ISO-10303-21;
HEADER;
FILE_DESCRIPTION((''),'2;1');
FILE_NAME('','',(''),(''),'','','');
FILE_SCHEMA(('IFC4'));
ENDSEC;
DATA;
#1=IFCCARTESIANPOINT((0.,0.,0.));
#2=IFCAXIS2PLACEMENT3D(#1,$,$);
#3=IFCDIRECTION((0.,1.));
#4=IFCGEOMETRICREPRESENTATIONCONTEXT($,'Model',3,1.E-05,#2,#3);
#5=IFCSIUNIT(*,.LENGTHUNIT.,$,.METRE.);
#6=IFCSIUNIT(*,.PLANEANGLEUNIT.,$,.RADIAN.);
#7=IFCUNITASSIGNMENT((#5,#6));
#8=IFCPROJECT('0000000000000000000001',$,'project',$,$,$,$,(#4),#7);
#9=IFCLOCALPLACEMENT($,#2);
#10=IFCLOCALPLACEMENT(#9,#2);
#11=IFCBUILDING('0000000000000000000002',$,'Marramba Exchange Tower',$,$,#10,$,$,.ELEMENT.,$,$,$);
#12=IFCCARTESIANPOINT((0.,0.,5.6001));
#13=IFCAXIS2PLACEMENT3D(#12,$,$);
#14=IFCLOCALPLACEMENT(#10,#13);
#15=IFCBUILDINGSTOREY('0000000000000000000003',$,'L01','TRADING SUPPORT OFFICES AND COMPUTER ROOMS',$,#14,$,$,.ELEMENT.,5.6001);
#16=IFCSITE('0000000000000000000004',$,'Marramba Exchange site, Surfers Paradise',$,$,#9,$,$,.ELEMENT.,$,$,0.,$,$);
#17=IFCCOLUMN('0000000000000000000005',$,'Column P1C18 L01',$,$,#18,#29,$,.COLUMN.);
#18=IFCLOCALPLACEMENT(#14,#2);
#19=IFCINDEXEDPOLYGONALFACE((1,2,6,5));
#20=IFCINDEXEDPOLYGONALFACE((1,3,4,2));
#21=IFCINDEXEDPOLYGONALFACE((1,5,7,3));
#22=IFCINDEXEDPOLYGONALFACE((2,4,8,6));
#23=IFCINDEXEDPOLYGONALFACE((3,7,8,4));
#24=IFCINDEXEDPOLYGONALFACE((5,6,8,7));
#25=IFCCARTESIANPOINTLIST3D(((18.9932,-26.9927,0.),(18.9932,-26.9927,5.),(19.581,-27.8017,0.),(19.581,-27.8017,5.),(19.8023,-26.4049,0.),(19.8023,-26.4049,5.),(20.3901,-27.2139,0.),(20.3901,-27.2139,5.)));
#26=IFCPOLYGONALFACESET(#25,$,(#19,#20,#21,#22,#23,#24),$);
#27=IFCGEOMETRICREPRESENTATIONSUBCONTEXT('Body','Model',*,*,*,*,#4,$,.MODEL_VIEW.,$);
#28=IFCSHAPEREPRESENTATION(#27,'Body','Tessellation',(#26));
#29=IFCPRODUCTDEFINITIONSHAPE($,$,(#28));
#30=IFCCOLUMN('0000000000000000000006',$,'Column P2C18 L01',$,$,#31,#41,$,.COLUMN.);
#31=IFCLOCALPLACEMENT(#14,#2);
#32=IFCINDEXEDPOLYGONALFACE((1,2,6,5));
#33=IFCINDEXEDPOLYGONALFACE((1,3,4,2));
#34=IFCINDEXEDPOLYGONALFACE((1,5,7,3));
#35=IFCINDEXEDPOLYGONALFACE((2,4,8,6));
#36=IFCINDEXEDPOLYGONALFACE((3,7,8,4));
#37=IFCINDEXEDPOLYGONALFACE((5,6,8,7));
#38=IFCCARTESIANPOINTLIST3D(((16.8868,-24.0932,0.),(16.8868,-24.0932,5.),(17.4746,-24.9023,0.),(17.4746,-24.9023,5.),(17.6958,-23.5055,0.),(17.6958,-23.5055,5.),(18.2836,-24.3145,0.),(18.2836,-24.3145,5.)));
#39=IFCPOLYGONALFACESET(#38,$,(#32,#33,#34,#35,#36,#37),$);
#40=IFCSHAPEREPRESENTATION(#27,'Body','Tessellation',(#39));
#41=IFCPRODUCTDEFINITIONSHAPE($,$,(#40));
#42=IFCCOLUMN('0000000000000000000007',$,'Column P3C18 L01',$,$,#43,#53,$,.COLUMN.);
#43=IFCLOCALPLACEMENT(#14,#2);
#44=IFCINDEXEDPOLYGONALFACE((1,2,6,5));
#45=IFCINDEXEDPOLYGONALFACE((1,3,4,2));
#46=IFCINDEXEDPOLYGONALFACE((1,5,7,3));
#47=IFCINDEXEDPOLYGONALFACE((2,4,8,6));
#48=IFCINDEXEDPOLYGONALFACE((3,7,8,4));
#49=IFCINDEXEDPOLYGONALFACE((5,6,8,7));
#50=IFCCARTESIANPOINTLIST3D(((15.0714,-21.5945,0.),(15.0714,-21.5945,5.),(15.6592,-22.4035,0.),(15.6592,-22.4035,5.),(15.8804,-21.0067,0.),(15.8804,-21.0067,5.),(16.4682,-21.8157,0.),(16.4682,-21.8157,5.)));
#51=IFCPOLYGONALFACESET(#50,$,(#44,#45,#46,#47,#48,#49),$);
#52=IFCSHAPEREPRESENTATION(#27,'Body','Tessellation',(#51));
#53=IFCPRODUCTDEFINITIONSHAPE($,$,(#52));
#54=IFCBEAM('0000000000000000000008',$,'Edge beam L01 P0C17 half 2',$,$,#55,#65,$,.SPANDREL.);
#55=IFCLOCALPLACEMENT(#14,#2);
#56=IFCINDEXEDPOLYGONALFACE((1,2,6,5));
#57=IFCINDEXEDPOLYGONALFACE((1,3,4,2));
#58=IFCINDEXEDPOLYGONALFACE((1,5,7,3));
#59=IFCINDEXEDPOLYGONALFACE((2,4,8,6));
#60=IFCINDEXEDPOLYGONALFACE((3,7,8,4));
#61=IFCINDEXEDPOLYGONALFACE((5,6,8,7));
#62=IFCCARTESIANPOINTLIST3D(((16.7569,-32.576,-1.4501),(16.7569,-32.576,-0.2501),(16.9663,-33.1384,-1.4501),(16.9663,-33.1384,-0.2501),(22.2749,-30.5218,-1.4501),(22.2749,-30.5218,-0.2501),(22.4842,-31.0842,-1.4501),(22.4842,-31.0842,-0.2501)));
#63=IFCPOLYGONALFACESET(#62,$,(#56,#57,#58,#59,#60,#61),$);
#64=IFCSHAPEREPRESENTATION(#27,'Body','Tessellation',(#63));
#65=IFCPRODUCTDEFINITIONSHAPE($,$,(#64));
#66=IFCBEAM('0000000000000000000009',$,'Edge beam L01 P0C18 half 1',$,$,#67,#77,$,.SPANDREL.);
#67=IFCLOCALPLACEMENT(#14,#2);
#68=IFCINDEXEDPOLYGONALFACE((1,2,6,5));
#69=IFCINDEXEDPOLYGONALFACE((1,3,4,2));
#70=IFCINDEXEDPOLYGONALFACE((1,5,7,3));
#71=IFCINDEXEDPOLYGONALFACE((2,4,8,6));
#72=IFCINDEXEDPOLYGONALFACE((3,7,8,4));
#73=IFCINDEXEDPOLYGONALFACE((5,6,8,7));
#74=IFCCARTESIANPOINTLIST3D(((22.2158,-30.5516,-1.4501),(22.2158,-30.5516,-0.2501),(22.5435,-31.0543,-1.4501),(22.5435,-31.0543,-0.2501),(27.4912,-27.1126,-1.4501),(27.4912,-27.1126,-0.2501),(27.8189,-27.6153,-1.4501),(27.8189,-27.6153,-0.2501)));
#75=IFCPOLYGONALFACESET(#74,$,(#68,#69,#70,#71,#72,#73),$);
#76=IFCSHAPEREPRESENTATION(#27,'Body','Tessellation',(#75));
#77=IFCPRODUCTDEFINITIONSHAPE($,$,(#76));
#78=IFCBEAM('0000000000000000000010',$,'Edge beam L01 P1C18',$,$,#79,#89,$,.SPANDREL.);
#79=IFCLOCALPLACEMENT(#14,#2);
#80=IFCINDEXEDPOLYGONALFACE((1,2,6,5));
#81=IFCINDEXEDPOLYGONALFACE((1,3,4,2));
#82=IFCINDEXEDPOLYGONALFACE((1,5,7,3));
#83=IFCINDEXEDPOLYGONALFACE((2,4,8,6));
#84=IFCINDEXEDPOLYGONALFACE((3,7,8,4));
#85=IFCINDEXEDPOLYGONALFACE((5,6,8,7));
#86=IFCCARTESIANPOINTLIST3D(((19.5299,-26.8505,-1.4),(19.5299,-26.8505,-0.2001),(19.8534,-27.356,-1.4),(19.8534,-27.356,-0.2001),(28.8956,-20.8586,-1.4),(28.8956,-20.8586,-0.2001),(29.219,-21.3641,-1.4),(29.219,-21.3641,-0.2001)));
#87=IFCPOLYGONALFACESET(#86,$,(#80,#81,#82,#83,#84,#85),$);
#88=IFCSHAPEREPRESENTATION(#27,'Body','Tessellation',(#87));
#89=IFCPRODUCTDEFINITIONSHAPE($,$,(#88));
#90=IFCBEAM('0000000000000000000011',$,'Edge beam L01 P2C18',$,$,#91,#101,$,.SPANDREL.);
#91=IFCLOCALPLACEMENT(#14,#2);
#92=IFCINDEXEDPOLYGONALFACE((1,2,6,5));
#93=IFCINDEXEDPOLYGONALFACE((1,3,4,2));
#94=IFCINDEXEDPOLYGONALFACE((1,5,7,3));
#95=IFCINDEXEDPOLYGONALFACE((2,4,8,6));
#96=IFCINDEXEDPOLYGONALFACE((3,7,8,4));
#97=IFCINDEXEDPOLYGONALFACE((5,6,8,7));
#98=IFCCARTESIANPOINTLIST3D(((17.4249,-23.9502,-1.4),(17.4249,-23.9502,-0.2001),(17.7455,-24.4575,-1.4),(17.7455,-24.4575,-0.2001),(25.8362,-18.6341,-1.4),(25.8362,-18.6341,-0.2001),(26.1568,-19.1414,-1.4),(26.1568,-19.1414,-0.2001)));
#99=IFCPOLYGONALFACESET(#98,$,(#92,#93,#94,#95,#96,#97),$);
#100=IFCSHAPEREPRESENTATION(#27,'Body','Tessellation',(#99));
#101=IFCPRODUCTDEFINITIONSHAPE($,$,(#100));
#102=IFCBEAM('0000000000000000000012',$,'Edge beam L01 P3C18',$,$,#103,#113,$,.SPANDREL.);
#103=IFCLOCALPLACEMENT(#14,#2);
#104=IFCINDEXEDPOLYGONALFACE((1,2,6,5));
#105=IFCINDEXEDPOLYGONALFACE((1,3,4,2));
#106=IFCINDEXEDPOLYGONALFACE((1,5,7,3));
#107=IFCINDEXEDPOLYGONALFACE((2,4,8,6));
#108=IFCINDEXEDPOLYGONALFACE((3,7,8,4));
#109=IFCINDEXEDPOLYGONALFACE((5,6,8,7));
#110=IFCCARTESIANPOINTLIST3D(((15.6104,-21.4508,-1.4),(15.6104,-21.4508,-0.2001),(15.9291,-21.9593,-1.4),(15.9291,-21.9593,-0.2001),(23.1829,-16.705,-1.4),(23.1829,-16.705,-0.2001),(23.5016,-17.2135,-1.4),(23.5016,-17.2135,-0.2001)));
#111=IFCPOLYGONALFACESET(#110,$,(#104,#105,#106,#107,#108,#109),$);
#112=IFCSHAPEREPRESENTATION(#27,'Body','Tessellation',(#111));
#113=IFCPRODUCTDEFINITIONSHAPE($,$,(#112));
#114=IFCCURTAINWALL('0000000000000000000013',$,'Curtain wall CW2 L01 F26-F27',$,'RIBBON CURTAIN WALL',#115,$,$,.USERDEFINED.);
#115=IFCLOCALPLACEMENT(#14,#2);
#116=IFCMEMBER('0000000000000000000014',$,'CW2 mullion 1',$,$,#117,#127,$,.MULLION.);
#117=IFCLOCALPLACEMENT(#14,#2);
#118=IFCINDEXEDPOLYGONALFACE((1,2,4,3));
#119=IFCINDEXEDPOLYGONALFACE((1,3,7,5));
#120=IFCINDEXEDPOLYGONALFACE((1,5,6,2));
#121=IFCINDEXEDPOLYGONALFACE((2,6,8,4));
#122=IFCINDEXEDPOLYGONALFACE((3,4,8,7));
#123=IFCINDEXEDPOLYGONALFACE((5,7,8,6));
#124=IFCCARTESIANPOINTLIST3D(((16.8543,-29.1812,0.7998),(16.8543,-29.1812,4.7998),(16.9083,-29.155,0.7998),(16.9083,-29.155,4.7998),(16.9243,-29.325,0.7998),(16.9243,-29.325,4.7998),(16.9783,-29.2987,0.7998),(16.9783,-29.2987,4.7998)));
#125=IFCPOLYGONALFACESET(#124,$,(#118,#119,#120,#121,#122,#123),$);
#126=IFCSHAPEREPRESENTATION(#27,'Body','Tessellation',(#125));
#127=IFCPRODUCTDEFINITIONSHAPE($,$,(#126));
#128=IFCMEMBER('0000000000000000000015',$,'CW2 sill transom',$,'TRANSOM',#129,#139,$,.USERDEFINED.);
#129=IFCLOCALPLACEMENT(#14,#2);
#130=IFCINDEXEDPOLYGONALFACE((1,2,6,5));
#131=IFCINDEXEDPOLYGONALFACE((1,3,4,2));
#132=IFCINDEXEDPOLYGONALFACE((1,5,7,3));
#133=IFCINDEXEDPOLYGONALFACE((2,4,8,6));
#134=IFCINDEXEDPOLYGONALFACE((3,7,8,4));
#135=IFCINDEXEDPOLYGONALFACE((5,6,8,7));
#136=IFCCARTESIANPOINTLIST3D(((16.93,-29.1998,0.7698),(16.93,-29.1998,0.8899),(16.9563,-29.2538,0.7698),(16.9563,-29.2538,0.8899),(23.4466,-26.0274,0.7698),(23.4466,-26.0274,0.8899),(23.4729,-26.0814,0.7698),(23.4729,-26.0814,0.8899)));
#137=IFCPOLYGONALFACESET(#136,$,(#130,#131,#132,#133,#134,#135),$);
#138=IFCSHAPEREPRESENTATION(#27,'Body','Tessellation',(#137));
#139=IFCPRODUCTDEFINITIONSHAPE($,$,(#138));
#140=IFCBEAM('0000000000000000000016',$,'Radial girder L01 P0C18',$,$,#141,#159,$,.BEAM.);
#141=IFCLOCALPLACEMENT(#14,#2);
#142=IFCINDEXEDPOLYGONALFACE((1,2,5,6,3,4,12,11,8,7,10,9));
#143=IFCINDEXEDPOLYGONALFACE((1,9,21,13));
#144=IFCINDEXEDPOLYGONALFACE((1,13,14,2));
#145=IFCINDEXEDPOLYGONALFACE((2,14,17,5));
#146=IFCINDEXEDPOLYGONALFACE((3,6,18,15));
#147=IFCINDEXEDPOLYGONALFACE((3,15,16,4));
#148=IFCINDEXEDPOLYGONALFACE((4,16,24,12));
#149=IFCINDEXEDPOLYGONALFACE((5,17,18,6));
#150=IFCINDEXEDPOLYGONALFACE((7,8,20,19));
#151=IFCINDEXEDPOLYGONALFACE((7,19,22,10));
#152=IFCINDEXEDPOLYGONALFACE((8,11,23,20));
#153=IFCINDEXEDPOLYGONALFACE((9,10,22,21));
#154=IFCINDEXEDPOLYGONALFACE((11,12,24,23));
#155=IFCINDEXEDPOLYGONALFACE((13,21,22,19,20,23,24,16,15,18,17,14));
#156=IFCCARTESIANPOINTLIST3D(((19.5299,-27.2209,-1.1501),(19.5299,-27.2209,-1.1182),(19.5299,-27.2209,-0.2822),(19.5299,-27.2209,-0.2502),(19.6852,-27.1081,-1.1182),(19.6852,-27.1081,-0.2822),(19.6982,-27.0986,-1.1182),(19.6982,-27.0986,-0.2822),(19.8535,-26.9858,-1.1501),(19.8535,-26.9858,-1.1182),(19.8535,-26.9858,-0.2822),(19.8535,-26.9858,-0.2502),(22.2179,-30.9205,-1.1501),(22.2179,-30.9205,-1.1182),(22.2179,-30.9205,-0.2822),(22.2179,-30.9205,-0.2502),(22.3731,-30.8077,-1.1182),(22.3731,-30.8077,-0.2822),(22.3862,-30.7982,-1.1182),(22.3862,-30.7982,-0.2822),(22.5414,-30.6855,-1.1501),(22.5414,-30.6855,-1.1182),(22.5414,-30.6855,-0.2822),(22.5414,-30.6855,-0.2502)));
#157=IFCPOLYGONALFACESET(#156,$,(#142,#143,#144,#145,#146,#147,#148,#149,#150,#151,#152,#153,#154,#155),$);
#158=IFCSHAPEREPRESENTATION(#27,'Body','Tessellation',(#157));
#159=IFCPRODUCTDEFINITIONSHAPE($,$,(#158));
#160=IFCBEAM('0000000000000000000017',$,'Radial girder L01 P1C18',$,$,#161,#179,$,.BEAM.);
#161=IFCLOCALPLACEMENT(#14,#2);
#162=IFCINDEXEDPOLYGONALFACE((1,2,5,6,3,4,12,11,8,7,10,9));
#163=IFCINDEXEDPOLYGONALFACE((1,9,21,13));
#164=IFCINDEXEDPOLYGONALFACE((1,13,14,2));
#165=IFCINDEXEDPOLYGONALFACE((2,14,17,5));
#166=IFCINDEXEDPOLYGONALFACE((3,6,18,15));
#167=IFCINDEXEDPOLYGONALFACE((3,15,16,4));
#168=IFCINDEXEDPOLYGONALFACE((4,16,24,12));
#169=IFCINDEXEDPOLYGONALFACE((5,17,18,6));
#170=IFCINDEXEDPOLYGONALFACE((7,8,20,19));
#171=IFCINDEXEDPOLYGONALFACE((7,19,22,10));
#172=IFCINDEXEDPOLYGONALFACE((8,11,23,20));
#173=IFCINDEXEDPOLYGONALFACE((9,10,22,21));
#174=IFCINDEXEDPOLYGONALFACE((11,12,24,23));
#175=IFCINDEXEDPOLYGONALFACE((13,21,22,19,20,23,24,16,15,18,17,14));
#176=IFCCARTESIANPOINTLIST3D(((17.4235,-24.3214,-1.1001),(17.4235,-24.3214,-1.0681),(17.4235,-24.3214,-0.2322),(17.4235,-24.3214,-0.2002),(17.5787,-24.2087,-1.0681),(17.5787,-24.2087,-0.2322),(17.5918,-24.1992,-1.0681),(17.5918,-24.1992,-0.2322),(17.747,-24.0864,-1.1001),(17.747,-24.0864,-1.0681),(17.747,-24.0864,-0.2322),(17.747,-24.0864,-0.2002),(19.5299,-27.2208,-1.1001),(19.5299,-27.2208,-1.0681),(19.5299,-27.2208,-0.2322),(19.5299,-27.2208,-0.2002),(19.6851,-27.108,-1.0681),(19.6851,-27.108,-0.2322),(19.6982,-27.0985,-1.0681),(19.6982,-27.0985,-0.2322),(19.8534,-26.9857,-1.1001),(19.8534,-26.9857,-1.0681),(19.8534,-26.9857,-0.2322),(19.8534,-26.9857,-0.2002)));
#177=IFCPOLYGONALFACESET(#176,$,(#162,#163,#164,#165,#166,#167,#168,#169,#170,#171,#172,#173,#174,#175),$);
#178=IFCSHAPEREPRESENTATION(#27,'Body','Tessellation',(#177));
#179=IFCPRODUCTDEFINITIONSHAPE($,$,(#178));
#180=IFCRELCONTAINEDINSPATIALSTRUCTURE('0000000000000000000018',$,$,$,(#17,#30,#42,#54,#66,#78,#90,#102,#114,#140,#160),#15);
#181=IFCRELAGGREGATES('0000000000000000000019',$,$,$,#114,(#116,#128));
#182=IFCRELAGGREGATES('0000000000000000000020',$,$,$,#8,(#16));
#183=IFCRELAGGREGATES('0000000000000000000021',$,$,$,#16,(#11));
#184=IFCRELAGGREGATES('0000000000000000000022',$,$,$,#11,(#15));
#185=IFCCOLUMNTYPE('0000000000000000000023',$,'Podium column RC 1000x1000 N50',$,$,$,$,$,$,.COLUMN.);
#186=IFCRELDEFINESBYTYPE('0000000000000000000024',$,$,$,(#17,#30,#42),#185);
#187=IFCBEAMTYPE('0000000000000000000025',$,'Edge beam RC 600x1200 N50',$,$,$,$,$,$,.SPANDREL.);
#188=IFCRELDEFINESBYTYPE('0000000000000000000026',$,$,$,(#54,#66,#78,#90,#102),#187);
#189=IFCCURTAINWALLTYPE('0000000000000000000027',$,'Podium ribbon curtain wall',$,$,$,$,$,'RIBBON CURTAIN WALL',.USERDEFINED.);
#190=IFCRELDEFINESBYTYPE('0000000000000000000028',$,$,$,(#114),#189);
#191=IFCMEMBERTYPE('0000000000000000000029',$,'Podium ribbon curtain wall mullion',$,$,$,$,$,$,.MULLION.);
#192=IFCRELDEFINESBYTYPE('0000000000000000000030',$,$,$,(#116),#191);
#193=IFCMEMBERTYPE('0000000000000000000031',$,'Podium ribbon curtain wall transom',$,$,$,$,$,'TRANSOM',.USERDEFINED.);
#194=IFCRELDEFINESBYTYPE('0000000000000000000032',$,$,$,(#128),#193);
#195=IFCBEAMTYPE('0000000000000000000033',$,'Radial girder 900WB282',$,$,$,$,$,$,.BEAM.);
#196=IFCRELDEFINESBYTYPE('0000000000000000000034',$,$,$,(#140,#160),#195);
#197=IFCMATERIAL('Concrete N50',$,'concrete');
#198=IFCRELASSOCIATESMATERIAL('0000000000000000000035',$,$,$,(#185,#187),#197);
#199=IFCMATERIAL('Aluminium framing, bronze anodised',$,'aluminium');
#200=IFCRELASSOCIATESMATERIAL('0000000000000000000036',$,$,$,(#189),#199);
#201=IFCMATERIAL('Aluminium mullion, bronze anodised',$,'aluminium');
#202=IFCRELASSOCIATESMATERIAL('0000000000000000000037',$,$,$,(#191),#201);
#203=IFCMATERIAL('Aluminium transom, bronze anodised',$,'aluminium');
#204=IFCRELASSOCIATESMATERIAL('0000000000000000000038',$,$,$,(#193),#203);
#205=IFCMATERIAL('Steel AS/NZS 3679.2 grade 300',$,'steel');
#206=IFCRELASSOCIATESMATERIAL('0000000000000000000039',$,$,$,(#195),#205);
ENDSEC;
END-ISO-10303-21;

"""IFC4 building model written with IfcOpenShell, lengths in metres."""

from ifc_helpers import new_model, si_unit, direction, frame, origin, origin_2d, place, context, subcontext, project, spatial, rectangle, i_section, extrude, material, material_profile, profile_set, type_object, element, aggregate, save


model = new_model("IFC4")

# Units and contexts
model_context = context("Model", 3, precision=1e-05, world=origin(), true_north=direction((0.0, 1.0)))
body_context = subcontext(model_context, "Body", "Model", "MODEL_VIEW")
ifc_project = project(units=[si_unit("LENGTHUNIT", "METRE"), si_unit("PLANEANGLEUNIT", "RADIAN")], contexts=[model_context])

# Site, building, storey
site_placement = place(None, origin())
site = spatial("IfcSite", under=ifc_project, at=site_placement, Name="Marramba Exchange site, Surfers Paradise", CompositionType="ELEMENT", RefElevation=0.0)
building_placement = place(site_placement, origin())
building = spatial("IfcBuilding", under=site, at=building_placement, Name="Marramba Exchange Tower", CompositionType="ELEMENT")
storey_placement = place(building_placement, frame((0.0, 0.0, 5.6001)))
storey = spatial("IfcBuildingStorey", under=building, at=storey_placement, Name="L01", Description="TRADING SUPPORT OFFICES AND COMPUTER ROOMS", CompositionType="ELEMENT", Elevation=5.6001)

# Columns
ifc_material_1 = material(Name="Concrete N50", Category="concrete")
ifc_material_profile_1 = material_profile(ifc_material_1, rectangle(XDim=1.0, YDim=1.0, at=origin_2d()), Name="RC 1000x1000")
ifc_profile_set_1 = profile_set([ifc_material_profile_1], Name="Concrete N50")
column_type = type_object("IfcColumnType", Name="Podium column RC 1000x1000 N50", PredefinedType="COLUMN", material=ifc_profile_set_1)
for number, where, z_axis, x_axis, name in (
    (1, (19.6917, -27.1033, 0.0), (0.0, 0.0, 1.0), (0.587785, -0.809017, 0.0), "Column P1C18 L01"),
    (2, (17.5852, -24.2039, 0.0), (0.0, 0.0, 1.0), (0.587785, -0.809017, 0.0), "Column P2C18 L01"),
    (3, (15.7698, -21.7051, 0.0), (0.0, 0.0, 1.0), (0.587785, -0.809017, 0.0), "Column P3C18 L01"),
):
    element("IfcColumn", number, at=place(storey_placement, frame(where, z_axis=z_axis, x_axis=x_axis)), inside=storey, type_object=column_type, Name=name, PredefinedType="COLUMN", context=body_context, shape_type="SweptSolid", body=[
        extrude(rectangle(XDim=1.0, YDim=1.0, at=origin_2d()), origin(), (0.0, 0.0, 1.0), 5.0),
    ])

# Beams
ifc_material_profile_2 = material_profile(ifc_material_1, rectangle(XDim=0.6001, YDim=1.2, at=origin_2d()), Name="RC 600x1200")
ifc_profile_set_2 = profile_set([ifc_material_profile_2], Name="Concrete N50")
beam_type_1 = type_object("IfcBeamType", Name="Edge beam RC 600x1200 N50", PredefinedType="SPANDREL", material=ifc_profile_set_2)
beam_1_placement = place(storey_placement, frame((16.8616, -32.8572, -0.8501), z_axis=(0.937168, 0.348878, 0.0), x_axis=(-0.348878, 0.937168, 0.0)))
element("IfcBeam", 4, at=beam_1_placement, inside=storey, type_object=beam_type_1, Name="Edge beam L01 P0C17 half 2", PredefinedType="SPANDREL", context=body_context, shape_type="SweptSolid", body=[
    extrude(rectangle(XDim=0.6001, YDim=1.2, at=origin_2d()), origin(), (0.0, 0.0, 1.0), 5.8879),
])
beam_2_placement = place(storey_placement, frame((22.3796, -30.803, -0.8501), z_axis=(0.83772, 0.5461, 0.0), x_axis=(-0.5461, 0.83772, 0.0)))
element("IfcBeam", 5, at=beam_2_placement, inside=storey, type_object=beam_type_1, Name="Edge beam L01 P0C18 half 1", PredefinedType="SPANDREL", context=body_context, shape_type="SweptSolid", body=[
    extrude(rectangle(XDim=0.6001, YDim=1.2, at=origin_2d()), origin(), (0.0, 0.0, 1.0), 6.2974),
])
beam_3_placement = place(storey_placement, frame((19.6917, -27.1033, -0.8), z_axis=(0.842358, 0.538918, 0.0), x_axis=(-0.538918, 0.842358, 0.0)))
element("IfcBeam", 6, at=beam_3_placement, inside=storey, type_object=beam_type_1, Name="Edge beam L01 P1C18", PredefinedType="SPANDREL", context=body_context, shape_type="SweptSolid", body=[
    extrude(rectangle(XDim=0.6001, YDim=1.2, at=origin_2d()), origin(), (0.0, 0.0, 1.0), 11.1184),
])
beam_4_placement = place(storey_placement, frame((17.5852, -24.2039, -0.8), z_axis=(0.84532, 0.53426, 0.0), x_axis=(-0.53426, 0.84532, 0.0)))
element("IfcBeam", 7, at=beam_4_placement, inside=storey, type_object=beam_type_1, Name="Edge beam L01 P2C18", PredefinedType="SPANDREL", context=body_context, shape_type="SweptSolid", body=[
    extrude(rectangle(XDim=0.6001, YDim=1.2, at=origin_2d()), origin(), (0.0, 0.0, 1.0), 9.9504),
])
beam_5_placement = place(storey_placement, frame((15.7698, -21.7051, -0.8), z_axis=(0.847342, 0.531047, 0.0), x_axis=(-0.531047, 0.847342, 0.0)))
element("IfcBeam", 8, at=beam_5_placement, inside=storey, type_object=beam_type_1, Name="Edge beam L01 P3C18", PredefinedType="SPANDREL", context=body_context, shape_type="SweptSolid", body=[
    extrude(rectangle(XDim=0.6001, YDim=1.2, at=origin_2d()), origin(), (0.0, 0.0, 1.0), 8.9368),
])

# Curtain wall, members
ifc_material_2 = material(Name="Aluminium framing, bronze anodised", Category="aluminium")
curtain_wall_type = type_object("IfcCurtainWallType", Name="Podium ribbon curtain wall", ElementType="RIBBON CURTAIN WALL", PredefinedType="USERDEFINED", material=ifc_material_2)
curtain_wall_1_placement = place(storey_placement, origin())
curtain_wall_1 = element("IfcCurtainWall", 9, at=curtain_wall_1_placement, inside=storey, type_object=curtain_wall_type, Name="Curtain wall CW2 L01 F26-F27", ObjectType="RIBBON CURTAIN WALL", PredefinedType="USERDEFINED")
ifc_material_3 = material(Name="Aluminium mullion, bronze anodised", Category="aluminium")
ifc_material_profile_3 = material_profile(ifc_material_3, rectangle(XDim=0.1599, YDim=0.0601, at=origin_2d()), Name="CW2 mullion 60x160")
ifc_profile_set_3 = profile_set([ifc_material_profile_3], Name="Aluminium mullion, bronze anodised")
member_type_1 = type_object("IfcMemberType", Name="Podium ribbon curtain wall mullion", PredefinedType="MULLION", material=ifc_profile_set_3)
member_1_placement = place(storey_placement, frame((16.9163, -29.24, 0.7998), z_axis=(0.0, 0.0, 1.0), x_axis=(-0.437702, 0.89912, 0.0)))
member_1 = element("IfcMember", 10, at=member_1_placement, type_object=member_type_1, Name="CW2 mullion 1", PredefinedType="MULLION", context=body_context, shape_type="SweptSolid", body=[
    extrude(rectangle(XDim=0.1599, YDim=0.0601, at=origin_2d()), origin(), (0.0, 0.0, 1.0), 4.0),
])
ifc_material_4 = material(Name="Aluminium transom, bronze anodised", Category="aluminium")
ifc_material_profile_4 = material_profile(ifc_material_4, rectangle(XDim=0.0601, YDim=0.1201, at=origin_2d()), Name="CW2 transom 60x120")
ifc_profile_set_4 = profile_set([ifc_material_profile_4], Name="Aluminium transom, bronze anodised")
member_type_2 = type_object("IfcMemberType", Name="Podium ribbon curtain wall transom", ElementType="TRANSOM", PredefinedType="USERDEFINED", material=ifc_profile_set_4)
member_2_placement = place(storey_placement, frame((16.9431, -29.2268, 0.8298), z_axis=(0.89912, 0.437703, 0.0), x_axis=(-0.437703, 0.89912, 0.0)))
member_2 = element("IfcMember", 11, at=member_2_placement, type_object=member_type_2, Name="CW2 sill transom", ObjectType="TRANSOM", PredefinedType="USERDEFINED", context=body_context, shape_type="SweptSolid", body=[
    extrude(rectangle(XDim=0.0601, YDim=0.1201, at=origin_2d()), origin(), (0.0, 0.0, 1.0), 7.2478),
])

# Beams
ifc_material_5 = material(Name="Steel AS/NZS 3679.2 grade 300", Category="steel")
ifc_material_profile_5 = material_profile(ifc_material_5, i_section(OverallWidth=0.3999, OverallDepth=0.8999, WebThickness=0.0161, FlangeThickness=0.032, at=origin_2d()), Name="900WB282")
ifc_profile_set_5 = profile_set([ifc_material_profile_5], Name="Steel AS/NZS 3679.2 grade 300")
beam_type_2 = type_object("IfcBeamType", Name="Radial girder 900WB282", PredefinedType="BEAM", material=ifc_profile_set_5)
beam_6_placement = place(storey_placement, frame((22.3796, -30.803, -0.7002), z_axis=(-0.587784, 0.809018, 0.0), x_axis=(-0.809018, -0.587784, 0.0)))
element("IfcBeam", 12, at=beam_6_placement, inside=storey, type_object=beam_type_2, Name="Radial girder L01 P0C18", PredefinedType="BEAM", context=body_context, shape_type="SweptSolid", body=[
    extrude(i_section(OverallWidth=0.3999, OverallDepth=0.8999, WebThickness=0.0161, FlangeThickness=0.032, at=origin_2d()), origin(), (0.0, 0.0, 1.0), 4.573),
])
beam_7_placement = place(storey_placement, frame((19.6917, -27.1033, -0.6501), z_axis=(-0.587767, 0.809031, 0.0), x_axis=(-0.809031, -0.587767, 0.0)))
element("IfcBeam", 13, at=beam_7_placement, inside=storey, type_object=beam_type_2, Name="Radial girder L01 P1C18", PredefinedType="BEAM", context=body_context, shape_type="SweptSolid", body=[
    extrude(i_section(OverallWidth=0.3999, OverallDepth=0.8999, WebThickness=0.0161, FlangeThickness=0.032, at=origin_2d()), origin(), (0.0, 0.0, 1.0), 3.5837),
])

aggregate(curtain_wall_1, [member_1, member_2])

save(model, "model.ifc")
